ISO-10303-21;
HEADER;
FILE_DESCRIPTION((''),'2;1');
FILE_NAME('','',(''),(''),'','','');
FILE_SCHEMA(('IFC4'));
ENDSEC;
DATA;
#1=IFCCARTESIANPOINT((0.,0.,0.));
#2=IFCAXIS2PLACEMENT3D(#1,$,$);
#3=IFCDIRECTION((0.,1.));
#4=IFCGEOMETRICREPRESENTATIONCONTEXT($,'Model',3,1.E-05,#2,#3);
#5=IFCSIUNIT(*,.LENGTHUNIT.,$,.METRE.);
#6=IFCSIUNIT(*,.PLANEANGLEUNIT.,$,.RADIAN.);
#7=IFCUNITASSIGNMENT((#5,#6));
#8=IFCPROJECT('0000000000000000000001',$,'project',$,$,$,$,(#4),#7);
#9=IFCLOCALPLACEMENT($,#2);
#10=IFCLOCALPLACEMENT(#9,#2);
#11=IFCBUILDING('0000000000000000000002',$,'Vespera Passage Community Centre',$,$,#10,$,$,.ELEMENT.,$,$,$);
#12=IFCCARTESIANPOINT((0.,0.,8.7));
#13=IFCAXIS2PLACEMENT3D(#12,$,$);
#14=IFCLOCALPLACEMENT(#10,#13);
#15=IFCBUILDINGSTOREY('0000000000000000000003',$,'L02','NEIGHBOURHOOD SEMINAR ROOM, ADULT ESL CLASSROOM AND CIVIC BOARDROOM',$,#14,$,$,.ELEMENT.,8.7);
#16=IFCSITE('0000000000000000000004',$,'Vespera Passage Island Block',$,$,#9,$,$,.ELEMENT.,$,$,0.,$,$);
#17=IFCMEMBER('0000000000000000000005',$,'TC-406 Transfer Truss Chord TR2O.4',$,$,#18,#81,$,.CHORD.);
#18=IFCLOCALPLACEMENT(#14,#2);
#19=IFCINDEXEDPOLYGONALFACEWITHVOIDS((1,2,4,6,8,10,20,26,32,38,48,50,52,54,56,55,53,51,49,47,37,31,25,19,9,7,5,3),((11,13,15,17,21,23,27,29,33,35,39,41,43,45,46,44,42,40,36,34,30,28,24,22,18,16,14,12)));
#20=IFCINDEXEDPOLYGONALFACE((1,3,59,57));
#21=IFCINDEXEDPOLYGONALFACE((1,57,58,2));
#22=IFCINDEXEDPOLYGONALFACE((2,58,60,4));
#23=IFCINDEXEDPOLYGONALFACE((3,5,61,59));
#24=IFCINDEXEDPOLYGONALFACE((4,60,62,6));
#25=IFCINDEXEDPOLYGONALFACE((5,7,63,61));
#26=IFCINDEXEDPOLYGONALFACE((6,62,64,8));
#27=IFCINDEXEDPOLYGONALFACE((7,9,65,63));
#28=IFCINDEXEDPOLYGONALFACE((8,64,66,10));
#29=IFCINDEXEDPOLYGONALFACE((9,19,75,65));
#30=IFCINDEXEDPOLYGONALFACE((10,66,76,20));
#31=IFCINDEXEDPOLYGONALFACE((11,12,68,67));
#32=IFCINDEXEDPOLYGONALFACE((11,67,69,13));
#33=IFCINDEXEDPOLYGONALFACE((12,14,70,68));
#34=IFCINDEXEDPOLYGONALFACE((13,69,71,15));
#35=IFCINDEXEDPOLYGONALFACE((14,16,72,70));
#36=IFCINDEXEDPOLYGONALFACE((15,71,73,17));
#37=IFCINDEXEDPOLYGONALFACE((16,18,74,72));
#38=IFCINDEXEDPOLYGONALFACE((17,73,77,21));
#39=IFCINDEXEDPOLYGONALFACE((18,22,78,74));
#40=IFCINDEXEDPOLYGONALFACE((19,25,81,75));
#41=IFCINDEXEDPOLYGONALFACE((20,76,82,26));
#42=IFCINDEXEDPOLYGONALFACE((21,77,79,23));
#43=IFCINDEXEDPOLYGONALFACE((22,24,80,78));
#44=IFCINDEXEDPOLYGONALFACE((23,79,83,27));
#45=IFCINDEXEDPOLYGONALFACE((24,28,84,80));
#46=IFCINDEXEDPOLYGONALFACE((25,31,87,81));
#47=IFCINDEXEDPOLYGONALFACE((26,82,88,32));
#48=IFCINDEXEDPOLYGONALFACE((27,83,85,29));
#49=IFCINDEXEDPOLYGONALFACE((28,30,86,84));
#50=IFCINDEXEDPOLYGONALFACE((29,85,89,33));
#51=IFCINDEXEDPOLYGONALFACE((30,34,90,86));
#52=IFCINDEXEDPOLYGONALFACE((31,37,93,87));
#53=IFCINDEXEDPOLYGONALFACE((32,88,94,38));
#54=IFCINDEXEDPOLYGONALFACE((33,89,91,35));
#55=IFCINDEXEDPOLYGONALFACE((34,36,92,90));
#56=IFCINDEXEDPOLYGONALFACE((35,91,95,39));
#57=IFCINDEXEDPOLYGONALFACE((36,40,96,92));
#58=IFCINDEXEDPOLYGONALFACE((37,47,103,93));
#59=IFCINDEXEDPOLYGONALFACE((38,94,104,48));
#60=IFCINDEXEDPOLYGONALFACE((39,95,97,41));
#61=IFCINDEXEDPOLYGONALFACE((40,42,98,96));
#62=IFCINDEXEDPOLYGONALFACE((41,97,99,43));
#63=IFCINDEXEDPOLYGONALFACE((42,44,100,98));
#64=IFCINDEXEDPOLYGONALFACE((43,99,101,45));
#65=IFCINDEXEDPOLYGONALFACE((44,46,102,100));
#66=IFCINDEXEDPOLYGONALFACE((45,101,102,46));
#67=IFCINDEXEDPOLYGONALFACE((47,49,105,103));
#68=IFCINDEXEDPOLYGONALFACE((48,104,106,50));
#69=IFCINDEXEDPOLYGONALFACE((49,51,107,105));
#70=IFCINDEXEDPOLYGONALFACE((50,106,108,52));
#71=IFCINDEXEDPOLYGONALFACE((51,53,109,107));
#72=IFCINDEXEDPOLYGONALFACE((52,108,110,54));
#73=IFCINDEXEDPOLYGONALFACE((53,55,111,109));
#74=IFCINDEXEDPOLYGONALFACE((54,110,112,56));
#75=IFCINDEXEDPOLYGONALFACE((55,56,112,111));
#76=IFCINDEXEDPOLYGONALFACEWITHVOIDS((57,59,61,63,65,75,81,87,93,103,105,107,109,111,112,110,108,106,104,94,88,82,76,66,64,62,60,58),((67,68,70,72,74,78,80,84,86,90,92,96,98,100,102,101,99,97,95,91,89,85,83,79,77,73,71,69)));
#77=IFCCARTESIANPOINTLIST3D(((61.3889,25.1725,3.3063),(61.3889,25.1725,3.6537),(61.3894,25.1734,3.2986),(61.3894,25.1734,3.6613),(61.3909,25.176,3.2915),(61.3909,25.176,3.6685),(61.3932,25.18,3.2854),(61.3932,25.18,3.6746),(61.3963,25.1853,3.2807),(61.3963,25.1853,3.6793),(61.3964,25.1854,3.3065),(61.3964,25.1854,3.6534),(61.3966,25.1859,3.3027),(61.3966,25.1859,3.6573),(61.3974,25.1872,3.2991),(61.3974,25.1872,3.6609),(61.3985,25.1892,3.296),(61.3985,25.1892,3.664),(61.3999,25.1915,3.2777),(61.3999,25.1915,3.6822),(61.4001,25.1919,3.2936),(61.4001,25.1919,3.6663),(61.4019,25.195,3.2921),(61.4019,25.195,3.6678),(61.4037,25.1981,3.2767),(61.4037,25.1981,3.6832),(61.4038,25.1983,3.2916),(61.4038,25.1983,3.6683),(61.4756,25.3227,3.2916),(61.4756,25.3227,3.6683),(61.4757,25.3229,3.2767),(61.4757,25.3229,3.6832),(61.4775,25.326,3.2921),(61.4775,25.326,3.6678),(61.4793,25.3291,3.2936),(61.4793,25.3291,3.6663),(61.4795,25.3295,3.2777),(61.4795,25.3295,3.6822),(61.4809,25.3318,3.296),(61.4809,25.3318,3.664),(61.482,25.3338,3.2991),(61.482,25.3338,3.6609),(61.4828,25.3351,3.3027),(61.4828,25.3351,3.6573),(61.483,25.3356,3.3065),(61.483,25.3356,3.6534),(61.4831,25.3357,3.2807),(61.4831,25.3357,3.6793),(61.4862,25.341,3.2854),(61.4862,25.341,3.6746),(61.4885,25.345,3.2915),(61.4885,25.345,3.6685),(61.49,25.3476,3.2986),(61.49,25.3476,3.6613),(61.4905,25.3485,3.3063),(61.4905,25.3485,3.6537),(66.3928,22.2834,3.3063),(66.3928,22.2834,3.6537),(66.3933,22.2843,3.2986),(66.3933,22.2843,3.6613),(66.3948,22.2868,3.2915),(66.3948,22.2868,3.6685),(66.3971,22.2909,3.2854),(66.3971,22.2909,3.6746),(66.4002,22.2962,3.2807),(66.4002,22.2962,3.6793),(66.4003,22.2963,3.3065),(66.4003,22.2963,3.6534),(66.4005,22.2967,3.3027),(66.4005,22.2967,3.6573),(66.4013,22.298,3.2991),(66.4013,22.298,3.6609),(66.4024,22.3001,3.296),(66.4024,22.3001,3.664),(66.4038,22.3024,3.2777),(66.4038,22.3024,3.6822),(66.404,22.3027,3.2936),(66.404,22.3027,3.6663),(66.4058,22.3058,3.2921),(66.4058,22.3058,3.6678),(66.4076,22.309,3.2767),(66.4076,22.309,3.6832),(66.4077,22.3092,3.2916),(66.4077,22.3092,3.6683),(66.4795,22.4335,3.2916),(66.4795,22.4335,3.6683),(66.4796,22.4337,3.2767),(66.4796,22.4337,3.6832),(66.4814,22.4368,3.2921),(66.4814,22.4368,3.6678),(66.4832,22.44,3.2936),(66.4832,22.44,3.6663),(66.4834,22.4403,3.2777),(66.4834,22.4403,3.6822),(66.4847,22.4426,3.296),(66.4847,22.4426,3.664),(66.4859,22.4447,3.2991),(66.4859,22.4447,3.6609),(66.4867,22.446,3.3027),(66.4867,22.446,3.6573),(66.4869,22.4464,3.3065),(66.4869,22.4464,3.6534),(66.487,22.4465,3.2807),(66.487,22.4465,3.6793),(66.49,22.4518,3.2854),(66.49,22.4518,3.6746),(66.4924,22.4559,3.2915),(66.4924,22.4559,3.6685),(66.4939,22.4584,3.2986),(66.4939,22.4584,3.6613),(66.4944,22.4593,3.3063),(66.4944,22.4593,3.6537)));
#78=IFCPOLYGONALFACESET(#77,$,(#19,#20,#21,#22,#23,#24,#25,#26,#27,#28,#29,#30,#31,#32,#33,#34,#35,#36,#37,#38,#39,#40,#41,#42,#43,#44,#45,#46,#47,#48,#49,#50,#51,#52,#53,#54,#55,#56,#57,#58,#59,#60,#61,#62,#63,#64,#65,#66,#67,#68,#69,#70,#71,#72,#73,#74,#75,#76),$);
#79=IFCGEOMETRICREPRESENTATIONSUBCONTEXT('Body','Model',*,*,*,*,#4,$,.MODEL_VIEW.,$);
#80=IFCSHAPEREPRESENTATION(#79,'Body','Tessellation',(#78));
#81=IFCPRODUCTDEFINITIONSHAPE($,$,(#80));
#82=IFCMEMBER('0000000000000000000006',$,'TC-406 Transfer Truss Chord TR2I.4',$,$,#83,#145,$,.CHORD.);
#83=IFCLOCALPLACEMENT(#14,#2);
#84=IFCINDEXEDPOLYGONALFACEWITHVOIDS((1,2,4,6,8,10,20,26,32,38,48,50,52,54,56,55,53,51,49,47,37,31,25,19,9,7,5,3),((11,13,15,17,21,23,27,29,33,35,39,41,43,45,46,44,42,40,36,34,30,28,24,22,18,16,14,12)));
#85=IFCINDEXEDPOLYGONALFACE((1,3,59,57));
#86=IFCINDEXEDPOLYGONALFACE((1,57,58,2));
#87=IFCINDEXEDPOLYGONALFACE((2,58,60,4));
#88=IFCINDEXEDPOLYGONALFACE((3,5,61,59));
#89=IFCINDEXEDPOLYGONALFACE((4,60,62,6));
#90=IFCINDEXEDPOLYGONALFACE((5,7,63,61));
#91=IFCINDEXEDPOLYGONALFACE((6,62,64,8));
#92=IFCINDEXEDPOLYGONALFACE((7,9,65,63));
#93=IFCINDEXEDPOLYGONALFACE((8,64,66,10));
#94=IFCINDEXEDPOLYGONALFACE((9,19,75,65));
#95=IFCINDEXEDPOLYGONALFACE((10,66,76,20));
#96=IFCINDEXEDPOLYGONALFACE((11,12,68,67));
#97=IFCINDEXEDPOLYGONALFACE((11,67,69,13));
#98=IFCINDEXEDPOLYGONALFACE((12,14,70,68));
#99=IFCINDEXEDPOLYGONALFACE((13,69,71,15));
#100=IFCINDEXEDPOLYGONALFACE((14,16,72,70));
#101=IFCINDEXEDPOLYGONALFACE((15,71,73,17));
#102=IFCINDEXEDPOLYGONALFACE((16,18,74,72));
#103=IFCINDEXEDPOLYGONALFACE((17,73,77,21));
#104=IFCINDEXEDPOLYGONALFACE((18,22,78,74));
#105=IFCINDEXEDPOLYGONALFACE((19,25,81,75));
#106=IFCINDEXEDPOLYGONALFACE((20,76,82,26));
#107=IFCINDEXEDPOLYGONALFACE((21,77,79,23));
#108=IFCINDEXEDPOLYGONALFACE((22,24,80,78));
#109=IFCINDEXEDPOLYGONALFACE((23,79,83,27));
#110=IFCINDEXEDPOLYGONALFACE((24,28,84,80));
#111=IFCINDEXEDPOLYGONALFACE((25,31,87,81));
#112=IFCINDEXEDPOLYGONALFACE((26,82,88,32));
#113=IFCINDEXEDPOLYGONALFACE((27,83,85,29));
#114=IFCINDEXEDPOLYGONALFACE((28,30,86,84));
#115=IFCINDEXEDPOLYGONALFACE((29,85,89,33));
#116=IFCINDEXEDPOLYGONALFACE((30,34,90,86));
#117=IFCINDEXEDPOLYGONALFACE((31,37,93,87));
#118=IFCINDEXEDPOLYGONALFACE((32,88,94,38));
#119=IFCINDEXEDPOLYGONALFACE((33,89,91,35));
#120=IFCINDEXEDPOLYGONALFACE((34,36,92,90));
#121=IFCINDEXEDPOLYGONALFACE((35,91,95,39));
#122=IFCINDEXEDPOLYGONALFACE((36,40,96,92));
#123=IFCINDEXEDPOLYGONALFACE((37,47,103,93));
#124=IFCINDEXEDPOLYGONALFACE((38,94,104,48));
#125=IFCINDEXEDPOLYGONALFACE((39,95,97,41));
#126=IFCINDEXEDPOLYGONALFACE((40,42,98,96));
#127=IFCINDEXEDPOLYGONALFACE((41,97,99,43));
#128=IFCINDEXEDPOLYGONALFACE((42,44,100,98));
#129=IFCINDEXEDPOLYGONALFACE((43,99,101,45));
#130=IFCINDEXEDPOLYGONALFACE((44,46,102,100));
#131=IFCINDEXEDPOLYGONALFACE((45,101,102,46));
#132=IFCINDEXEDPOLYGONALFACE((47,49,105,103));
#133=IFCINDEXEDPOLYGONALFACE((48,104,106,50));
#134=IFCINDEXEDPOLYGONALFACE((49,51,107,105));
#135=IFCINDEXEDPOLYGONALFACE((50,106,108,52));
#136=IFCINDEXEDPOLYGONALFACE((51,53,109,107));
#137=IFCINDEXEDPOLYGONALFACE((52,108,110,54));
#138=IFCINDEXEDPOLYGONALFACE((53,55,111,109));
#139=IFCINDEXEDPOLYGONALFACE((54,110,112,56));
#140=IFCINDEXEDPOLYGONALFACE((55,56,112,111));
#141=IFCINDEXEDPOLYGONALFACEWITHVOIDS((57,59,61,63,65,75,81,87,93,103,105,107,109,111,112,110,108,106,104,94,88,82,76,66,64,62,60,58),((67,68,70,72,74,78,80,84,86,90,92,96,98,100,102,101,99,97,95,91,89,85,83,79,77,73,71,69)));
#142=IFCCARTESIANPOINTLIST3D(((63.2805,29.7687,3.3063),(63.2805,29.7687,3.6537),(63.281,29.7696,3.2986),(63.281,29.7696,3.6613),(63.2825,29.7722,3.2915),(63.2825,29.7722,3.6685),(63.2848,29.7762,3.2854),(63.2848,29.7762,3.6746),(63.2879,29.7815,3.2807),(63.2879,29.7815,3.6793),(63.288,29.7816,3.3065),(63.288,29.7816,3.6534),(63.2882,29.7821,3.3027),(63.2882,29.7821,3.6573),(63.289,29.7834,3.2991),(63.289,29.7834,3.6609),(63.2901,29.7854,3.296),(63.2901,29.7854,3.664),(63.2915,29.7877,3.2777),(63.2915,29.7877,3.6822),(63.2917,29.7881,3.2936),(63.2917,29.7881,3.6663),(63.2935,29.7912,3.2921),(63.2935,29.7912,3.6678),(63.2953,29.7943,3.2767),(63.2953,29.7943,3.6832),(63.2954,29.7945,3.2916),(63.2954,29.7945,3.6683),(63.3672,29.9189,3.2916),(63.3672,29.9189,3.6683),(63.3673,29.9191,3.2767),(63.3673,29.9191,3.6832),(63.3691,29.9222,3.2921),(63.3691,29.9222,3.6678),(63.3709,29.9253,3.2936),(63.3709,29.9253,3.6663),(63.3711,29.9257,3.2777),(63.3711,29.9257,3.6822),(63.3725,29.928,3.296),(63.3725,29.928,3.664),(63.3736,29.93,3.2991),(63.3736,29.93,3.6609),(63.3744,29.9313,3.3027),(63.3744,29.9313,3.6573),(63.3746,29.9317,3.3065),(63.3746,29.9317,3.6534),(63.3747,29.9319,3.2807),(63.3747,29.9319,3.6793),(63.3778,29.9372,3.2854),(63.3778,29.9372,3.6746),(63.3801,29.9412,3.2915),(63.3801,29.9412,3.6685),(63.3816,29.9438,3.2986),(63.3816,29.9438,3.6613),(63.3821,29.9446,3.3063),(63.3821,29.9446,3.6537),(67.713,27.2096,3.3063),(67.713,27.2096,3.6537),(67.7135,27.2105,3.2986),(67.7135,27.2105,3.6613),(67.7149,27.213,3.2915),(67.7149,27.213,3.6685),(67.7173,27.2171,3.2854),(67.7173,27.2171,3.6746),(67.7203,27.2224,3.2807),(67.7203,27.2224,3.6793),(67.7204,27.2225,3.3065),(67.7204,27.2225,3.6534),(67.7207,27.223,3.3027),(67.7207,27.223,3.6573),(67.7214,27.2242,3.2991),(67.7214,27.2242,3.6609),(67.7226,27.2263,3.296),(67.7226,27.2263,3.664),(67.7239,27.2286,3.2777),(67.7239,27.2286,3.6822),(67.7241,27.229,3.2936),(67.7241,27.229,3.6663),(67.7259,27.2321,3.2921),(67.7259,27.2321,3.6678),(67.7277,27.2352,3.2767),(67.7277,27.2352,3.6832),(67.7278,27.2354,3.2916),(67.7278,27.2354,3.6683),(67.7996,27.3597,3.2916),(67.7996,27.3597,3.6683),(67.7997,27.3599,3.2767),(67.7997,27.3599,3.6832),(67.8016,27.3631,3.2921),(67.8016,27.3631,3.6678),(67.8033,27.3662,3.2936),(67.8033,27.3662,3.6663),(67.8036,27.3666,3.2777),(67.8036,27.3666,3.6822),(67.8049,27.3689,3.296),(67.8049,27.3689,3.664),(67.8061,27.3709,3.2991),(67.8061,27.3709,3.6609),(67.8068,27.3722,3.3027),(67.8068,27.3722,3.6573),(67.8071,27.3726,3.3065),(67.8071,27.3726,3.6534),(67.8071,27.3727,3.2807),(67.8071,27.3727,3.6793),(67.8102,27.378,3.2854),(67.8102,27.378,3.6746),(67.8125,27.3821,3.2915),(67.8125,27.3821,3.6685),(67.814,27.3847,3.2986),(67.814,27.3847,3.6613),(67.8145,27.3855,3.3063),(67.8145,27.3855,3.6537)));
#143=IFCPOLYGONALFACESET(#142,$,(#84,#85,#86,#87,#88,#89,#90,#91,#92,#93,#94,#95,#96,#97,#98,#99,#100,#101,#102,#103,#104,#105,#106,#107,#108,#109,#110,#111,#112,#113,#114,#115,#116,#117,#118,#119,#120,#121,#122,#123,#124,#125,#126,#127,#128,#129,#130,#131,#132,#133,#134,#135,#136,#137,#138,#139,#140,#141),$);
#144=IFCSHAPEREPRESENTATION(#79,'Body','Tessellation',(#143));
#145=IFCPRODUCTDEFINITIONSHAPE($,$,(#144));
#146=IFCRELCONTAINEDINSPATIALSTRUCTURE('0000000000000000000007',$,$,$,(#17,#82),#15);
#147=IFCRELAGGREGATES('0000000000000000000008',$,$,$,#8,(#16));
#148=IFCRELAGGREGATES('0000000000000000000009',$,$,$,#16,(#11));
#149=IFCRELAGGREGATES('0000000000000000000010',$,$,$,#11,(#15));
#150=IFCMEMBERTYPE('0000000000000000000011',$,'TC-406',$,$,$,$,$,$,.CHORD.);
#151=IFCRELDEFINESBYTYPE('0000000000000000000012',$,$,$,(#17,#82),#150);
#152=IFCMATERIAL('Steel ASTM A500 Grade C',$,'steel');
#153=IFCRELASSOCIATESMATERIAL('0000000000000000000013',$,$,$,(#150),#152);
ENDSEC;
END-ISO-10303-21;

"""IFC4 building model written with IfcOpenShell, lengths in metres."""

from ifc_helpers import new_model, si_unit, direction, frame, origin, origin_2d, place, context, subcontext, project, spatial, hollow_rectangle, extrude, material, material_profile, profile_set, type_object, element, save


model = new_model("IFC4")

# Units and contexts
model_context = context("Model", 3, precision=1e-05, world=origin(), true_north=direction((0.0, 1.0)))
body_context = subcontext(model_context, "Body", "Model", "MODEL_VIEW")
ifc_project = project(units=[si_unit("LENGTHUNIT", "METRE"), si_unit("PLANEANGLEUNIT", "RADIAN")], contexts=[model_context])

# Site, building, storey
site_placement = place(None, origin())
site = spatial("IfcSite", under=ifc_project, at=site_placement, Name="Vespera Passage Island Block", CompositionType="ELEMENT", RefElevation=0.0)
building_placement = place(site_placement, origin())
building = spatial("IfcBuilding", under=site, at=building_placement, Name="Vespera Passage Community Centre", CompositionType="ELEMENT")
storey_placement = place(building_placement, frame((0.0, 0.0, 8.7)))
storey = spatial("IfcBuildingStorey", under=building, at=storey_placement, Name="L02", Description="NEIGHBOURHOOD SEMINAR ROOM, ADULT ESL CLASSROOM AND CIVIC BOARDROOM", CompositionType="ELEMENT", Elevation=8.7)

# Members
ifc_material_1 = material(Name="Steel ASTM A500 Grade C", Category="steel")
ifc_material_profile_1 = material_profile(ifc_material_1, hollow_rectangle(XDim=0.2031, YDim=0.4065, WallThickness=0.0149, InnerFilletRadius=0.0149, OuterFilletRadius=0.0295, at=origin_2d()), Name="HSS406X203X15.9")
ifc_profile_set_1 = profile_set([ifc_material_profile_1], Name="Steel ASTM A500 Grade C")
member_type_1 = type_object("IfcMemberType", Name="TC-406", PredefinedType="CHORD", material=ifc_profile_set_1)
member_1_placement = place(storey_placement, frame((61.4397, 25.2605, 3.48), z_axis=(0.866014, -0.50002, 0.0), x_axis=(0.50002, 0.866014, 0.0)))
element("IfcMember", 1, at=member_1_placement, inside=storey, type_object=member_type_1, Name="TC-406 Transfer Truss Chord TR2O.4", PredefinedType="CHORD", context=body_context, shape_type="SweptSolid", body=[
    extrude(hollow_rectangle(XDim=0.2031, YDim=0.4065, WallThickness=0.0149, InnerFilletRadius=0.0149, OuterFilletRadius=0.0295, at=origin_2d()), origin(), (0.0, 0.0, 1.0), 5.7781),
])
member_2_placement = place(storey_placement, frame((63.3313, 29.8567, 3.48), z_axis=(0.866021, -0.500007, 0.0), x_axis=(0.500007, 0.866021, 0.0)))
element("IfcMember", 2, at=member_2_placement, inside=storey, type_object=member_type_1, Name="TC-406 Transfer Truss Chord TR2I.4", PredefinedType="CHORD", context=body_context, shape_type="SweptSolid", body=[
    extrude(hollow_rectangle(XDim=0.2031, YDim=0.4065, WallThickness=0.0149, InnerFilletRadius=0.0149, OuterFilletRadius=0.0295, at=origin_2d()), origin(), (0.0, 0.0, 1.0), 5.1182),
])

save(model, "model.ifc")
